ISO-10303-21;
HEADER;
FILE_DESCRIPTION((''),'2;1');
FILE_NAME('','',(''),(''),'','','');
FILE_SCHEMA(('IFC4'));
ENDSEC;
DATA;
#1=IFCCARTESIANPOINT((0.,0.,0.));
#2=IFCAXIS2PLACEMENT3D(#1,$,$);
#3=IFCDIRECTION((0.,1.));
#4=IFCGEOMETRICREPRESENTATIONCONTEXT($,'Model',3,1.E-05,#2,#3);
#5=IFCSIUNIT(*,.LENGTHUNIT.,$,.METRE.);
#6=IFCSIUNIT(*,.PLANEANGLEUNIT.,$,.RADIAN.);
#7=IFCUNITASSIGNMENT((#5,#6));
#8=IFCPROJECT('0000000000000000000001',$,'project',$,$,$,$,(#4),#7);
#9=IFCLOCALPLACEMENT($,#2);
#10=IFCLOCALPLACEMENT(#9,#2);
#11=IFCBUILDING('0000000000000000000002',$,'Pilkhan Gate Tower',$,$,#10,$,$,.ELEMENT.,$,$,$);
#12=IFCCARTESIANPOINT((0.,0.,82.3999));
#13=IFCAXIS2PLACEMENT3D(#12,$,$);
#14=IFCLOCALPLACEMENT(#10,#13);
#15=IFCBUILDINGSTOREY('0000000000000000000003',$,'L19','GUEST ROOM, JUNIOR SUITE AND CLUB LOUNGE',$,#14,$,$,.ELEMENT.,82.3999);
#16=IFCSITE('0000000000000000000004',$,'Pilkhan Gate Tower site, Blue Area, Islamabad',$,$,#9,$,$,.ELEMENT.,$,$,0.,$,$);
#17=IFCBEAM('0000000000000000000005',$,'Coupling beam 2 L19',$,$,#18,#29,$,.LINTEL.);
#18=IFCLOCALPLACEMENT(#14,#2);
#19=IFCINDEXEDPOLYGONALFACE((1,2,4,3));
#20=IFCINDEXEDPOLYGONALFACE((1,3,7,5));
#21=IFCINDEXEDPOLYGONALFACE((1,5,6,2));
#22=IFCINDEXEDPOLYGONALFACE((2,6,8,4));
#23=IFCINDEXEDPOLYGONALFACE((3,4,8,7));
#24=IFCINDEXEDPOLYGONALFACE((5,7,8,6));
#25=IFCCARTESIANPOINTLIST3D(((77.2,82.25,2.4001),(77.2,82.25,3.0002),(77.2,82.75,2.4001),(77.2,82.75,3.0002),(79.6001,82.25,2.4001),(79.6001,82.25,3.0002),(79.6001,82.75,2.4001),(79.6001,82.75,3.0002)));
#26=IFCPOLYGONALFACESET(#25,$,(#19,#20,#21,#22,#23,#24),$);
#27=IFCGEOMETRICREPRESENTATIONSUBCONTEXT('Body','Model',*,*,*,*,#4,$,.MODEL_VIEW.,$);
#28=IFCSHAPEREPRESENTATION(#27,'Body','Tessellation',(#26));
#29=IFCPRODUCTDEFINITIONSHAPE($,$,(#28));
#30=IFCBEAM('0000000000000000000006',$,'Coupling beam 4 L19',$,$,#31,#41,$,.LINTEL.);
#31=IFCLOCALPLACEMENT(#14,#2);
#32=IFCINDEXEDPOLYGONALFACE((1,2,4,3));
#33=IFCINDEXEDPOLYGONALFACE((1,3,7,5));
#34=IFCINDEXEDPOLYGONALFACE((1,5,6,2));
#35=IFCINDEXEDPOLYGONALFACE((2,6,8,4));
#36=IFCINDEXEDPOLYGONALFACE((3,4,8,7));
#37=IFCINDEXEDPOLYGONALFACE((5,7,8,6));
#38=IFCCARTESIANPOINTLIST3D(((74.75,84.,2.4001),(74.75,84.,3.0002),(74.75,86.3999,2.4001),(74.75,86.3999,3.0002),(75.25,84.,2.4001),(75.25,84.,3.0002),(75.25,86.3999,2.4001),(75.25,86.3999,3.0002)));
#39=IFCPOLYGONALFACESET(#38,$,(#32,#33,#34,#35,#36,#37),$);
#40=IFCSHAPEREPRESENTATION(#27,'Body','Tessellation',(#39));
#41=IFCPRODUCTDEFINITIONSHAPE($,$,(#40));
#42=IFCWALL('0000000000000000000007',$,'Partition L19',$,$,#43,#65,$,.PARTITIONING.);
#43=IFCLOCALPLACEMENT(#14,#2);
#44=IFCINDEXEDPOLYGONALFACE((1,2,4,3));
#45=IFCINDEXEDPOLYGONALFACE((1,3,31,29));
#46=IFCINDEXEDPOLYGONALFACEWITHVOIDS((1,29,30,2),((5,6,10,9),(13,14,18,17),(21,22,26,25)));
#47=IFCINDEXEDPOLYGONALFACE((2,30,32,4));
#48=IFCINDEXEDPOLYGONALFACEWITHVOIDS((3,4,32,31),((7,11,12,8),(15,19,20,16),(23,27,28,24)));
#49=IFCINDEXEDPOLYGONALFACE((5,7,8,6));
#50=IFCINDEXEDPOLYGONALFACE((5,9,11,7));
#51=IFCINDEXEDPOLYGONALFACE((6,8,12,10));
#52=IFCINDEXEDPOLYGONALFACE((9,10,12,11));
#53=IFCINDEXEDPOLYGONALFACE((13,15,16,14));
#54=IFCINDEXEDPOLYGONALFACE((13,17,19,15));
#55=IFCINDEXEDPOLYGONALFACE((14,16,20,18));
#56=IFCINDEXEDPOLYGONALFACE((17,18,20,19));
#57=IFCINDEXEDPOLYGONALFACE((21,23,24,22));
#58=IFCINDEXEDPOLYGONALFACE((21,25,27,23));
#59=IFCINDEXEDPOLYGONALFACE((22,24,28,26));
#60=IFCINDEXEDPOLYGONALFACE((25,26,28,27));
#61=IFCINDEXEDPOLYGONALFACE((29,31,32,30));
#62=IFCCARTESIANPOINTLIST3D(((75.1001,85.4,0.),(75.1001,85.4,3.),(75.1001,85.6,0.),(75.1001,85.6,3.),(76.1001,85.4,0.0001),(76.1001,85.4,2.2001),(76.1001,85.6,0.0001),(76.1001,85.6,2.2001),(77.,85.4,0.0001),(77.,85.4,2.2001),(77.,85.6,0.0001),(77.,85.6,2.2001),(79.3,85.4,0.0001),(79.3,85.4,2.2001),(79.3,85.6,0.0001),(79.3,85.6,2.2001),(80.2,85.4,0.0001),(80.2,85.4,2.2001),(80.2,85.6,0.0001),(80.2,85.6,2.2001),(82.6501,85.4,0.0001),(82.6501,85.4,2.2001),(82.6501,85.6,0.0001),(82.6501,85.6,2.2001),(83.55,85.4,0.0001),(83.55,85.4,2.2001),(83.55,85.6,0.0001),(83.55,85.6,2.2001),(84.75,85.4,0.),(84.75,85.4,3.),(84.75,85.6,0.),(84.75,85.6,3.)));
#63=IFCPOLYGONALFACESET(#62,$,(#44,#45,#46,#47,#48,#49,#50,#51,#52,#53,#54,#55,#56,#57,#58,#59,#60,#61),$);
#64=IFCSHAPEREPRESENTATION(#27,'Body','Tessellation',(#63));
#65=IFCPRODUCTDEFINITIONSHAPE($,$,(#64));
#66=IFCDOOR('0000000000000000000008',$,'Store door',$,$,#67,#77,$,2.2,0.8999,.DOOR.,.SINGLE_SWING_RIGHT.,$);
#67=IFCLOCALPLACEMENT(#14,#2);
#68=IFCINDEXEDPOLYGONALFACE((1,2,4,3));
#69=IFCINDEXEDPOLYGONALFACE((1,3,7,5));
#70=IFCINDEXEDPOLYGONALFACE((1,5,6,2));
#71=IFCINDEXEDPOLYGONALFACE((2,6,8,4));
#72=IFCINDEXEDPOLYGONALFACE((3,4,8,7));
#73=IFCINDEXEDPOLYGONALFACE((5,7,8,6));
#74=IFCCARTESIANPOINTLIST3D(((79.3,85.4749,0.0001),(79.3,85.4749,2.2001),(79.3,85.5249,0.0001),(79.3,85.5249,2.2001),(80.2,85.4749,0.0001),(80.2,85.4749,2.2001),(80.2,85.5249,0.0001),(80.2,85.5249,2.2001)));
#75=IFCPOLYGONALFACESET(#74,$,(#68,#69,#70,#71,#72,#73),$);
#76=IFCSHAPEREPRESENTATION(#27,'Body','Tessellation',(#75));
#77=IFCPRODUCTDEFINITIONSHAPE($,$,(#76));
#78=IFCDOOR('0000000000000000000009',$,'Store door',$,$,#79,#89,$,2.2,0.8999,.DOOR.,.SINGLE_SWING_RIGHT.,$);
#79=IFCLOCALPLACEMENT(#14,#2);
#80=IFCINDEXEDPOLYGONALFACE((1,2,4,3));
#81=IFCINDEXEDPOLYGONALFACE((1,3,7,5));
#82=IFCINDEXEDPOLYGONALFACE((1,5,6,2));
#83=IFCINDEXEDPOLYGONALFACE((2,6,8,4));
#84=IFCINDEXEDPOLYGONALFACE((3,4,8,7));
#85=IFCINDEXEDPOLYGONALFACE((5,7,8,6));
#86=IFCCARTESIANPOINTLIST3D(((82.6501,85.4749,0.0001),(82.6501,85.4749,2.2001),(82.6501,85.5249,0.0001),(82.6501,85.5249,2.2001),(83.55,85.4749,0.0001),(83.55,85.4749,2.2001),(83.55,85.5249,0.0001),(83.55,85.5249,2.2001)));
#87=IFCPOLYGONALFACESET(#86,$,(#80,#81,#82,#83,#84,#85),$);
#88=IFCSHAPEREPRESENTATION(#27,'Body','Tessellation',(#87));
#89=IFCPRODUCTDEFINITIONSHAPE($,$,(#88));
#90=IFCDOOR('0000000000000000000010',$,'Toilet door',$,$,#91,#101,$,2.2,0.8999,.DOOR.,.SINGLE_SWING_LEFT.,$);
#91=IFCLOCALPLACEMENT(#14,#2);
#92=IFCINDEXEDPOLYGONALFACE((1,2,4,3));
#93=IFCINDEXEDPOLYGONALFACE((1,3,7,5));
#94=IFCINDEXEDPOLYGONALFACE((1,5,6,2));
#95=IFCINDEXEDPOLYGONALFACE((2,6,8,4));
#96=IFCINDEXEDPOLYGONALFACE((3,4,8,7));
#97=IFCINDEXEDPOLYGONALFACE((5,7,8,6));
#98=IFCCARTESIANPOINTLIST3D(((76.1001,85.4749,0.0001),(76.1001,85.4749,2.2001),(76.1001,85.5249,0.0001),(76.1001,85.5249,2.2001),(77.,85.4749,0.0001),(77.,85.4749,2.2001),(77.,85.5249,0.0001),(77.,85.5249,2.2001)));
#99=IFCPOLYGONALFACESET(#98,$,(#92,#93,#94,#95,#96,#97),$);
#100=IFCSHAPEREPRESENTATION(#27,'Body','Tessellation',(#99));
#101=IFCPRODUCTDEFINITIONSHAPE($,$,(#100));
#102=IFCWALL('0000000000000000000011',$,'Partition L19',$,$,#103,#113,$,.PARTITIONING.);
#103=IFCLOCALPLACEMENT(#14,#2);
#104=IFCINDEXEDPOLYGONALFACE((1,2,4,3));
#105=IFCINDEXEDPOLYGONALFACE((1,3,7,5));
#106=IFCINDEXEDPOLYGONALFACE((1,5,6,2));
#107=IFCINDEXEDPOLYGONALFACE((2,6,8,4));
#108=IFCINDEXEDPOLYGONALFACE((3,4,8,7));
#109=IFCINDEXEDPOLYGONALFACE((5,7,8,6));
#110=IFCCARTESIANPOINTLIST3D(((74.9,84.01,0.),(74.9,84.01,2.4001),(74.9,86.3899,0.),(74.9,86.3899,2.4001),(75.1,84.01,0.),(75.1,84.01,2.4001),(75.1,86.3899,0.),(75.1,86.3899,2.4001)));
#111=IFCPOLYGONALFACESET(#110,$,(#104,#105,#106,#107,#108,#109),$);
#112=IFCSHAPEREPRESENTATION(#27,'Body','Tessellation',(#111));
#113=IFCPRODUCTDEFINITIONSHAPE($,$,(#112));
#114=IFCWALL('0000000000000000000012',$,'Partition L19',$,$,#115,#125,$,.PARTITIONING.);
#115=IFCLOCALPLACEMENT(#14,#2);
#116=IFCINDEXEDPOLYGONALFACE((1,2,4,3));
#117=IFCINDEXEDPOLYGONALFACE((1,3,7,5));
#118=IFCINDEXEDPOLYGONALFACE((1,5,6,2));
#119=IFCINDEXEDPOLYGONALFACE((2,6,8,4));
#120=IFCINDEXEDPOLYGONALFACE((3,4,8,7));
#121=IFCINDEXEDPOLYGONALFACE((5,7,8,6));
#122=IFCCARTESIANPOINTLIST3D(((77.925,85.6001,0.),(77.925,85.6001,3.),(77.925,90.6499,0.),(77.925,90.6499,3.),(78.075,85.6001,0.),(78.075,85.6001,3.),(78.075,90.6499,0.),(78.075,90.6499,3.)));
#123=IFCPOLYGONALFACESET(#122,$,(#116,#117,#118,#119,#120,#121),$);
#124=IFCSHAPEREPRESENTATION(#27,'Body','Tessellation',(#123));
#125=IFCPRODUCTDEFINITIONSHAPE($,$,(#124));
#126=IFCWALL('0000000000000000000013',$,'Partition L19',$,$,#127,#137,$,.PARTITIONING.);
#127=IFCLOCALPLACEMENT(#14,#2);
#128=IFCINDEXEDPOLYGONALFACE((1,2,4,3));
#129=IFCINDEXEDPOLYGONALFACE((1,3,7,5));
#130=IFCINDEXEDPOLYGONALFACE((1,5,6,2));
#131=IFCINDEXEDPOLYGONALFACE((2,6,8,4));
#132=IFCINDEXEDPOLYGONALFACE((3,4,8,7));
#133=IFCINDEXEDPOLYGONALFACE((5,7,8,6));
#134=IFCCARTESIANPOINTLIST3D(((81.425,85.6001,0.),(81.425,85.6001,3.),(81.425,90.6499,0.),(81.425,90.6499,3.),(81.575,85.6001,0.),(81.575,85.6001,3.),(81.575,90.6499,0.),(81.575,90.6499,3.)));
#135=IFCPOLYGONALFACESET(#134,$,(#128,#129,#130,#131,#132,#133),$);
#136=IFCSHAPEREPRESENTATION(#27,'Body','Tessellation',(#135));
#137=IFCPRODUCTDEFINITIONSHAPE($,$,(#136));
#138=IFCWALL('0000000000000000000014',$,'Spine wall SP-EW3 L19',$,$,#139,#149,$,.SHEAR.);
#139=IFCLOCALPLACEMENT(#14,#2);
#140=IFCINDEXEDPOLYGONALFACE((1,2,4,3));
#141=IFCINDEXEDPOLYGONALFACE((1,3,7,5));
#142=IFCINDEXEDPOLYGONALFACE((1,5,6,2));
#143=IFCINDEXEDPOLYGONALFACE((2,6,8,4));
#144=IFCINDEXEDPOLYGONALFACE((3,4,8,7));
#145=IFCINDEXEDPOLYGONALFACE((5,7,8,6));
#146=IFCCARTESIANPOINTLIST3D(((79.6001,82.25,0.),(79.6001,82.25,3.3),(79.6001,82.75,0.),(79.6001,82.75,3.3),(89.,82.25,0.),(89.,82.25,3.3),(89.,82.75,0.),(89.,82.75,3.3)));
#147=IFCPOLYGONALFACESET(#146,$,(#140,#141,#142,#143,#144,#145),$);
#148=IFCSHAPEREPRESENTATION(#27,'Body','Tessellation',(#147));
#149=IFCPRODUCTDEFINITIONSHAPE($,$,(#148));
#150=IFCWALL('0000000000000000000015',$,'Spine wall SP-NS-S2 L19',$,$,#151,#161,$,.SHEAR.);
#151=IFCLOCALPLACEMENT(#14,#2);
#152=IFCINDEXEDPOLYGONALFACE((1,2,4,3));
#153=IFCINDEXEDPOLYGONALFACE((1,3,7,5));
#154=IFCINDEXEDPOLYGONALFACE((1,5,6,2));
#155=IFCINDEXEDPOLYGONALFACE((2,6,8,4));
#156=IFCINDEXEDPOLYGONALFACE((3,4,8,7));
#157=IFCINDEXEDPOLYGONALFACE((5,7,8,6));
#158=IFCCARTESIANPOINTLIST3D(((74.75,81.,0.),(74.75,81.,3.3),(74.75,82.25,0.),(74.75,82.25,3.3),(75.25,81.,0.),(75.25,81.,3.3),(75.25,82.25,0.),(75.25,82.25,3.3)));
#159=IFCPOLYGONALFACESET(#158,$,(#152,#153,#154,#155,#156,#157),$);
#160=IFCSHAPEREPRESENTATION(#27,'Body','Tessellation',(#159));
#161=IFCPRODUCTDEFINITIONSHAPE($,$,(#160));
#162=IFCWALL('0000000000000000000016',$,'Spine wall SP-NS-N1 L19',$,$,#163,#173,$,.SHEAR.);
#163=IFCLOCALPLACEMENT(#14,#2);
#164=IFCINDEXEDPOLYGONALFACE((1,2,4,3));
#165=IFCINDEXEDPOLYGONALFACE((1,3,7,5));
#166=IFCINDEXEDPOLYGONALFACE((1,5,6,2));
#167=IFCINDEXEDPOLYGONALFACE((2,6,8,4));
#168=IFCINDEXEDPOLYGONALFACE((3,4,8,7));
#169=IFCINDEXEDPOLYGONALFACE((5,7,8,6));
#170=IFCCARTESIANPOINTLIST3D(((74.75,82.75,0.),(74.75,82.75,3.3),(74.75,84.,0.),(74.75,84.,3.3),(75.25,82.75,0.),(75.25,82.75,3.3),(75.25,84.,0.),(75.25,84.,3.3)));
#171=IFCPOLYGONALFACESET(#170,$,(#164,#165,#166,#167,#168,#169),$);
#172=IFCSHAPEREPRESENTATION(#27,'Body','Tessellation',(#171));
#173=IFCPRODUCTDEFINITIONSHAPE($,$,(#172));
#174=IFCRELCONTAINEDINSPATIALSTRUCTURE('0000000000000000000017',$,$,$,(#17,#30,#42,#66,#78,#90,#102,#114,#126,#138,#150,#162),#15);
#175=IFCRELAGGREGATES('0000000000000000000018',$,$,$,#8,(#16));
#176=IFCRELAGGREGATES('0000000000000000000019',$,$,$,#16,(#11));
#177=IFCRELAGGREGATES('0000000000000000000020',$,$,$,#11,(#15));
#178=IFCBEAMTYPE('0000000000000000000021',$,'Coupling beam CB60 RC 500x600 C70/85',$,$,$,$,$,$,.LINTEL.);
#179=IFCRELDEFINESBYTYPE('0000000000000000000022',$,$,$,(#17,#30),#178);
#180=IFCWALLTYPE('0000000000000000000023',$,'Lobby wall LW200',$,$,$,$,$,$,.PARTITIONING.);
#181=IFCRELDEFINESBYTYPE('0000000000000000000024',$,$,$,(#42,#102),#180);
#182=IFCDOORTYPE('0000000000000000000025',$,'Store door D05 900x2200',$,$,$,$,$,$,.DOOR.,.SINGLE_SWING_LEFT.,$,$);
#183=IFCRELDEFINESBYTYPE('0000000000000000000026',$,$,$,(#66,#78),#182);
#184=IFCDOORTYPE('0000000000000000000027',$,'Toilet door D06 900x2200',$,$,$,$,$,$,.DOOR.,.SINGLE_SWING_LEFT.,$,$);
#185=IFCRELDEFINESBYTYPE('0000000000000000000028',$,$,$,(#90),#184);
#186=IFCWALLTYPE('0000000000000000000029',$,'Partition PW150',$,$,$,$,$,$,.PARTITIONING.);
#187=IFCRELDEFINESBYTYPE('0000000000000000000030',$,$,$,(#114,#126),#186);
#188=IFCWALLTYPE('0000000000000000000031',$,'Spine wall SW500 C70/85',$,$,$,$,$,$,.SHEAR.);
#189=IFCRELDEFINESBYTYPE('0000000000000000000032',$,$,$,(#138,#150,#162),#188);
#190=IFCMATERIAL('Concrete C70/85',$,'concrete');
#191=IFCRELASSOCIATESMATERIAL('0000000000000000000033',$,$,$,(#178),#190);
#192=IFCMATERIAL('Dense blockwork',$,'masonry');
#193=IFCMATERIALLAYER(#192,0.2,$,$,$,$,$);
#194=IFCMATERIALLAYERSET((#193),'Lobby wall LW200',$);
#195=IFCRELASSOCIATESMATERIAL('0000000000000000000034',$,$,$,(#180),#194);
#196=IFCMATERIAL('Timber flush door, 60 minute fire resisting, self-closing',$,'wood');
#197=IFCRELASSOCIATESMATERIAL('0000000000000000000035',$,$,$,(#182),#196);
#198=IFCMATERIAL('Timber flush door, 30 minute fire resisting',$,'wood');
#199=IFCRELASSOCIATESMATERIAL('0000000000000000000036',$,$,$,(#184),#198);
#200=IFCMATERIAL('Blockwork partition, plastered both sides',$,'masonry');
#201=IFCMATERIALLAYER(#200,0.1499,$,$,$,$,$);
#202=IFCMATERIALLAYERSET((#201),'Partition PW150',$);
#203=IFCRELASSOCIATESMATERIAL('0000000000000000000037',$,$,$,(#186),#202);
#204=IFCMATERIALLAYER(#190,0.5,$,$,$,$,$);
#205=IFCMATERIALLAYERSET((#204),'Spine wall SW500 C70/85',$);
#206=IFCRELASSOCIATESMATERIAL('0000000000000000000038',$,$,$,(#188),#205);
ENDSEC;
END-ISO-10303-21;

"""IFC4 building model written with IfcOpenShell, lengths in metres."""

from ifc_helpers import new_model, si_unit, direction, frame, frame_2d, origin, origin_2d, place, context, subcontext, project, spatial, rectangle, extrude, material, layer, layer_set, material_profile, profile_set, type_object, element, fill, save


model = new_model("IFC4")

# Units and contexts
model_context = context("Model", 3, precision=1e-05, world=origin(), true_north=direction((0.0, 1.0)))
body_context = subcontext(model_context, "Body", "Model", "MODEL_VIEW")
ifc_project = project(units=[si_unit("LENGTHUNIT", "METRE"), si_unit("PLANEANGLEUNIT", "RADIAN")], contexts=[model_context])

# Site, building, storey
site_placement = place(None, origin())
site = spatial("IfcSite", under=ifc_project, at=site_placement, Name="Pilkhan Gate Tower site, Blue Area, Islamabad", CompositionType="ELEMENT", RefElevation=0.0)
building_placement = place(site_placement, origin())
building = spatial("IfcBuilding", under=site, at=building_placement, Name="Pilkhan Gate Tower", CompositionType="ELEMENT")
storey_placement = place(building_placement, frame((0.0, 0.0, 82.3999)))
storey = spatial("IfcBuildingStorey", under=building, at=storey_placement, Name="L19", Description="GUEST ROOM, JUNIOR SUITE AND CLUB LOUNGE", CompositionType="ELEMENT", Elevation=82.3999)

# Beams
ifc_material_1 = material(Name="Concrete C70/85", Category="concrete")
ifc_material_profile = material_profile(ifc_material_1, rectangle(XDim=0.5, YDim=0.6001, at=origin_2d()), Name="RC 500x600")
ifc_profile_set = profile_set([ifc_material_profile], Name="Concrete C70/85")
beam_type = type_object("IfcBeamType", Name="Coupling beam CB60 RC 500x600 C70/85", PredefinedType="LINTEL", material=ifc_profile_set)
beam_1_placement = place(storey_placement, frame((77.2, 82.5, 2.7002), z_axis=(1.0, 0.0, 0.0), x_axis=(0.0, 1.0, 0.0)))
element("IfcBeam", 1, at=beam_1_placement, inside=storey, type_object=beam_type, Name="Coupling beam 2 L19", PredefinedType="LINTEL", context=body_context, shape_type="SweptSolid", body=[
    extrude(rectangle(XDim=0.5, YDim=0.6001, at=origin_2d()), origin(), (0.0, 0.0, 1.0), 2.4001),
])
beam_2_placement = place(storey_placement, frame((75.0, 84.0, 2.7002), z_axis=(0.0, 1.0, 0.0), x_axis=(-1.0, 0.0, 0.0)))
element("IfcBeam", 2, at=beam_2_placement, inside=storey, type_object=beam_type, Name="Coupling beam 4 L19", PredefinedType="LINTEL", context=body_context, shape_type="SweptSolid", body=[
    extrude(rectangle(XDim=0.5, YDim=0.6001, at=origin_2d()), origin(), (0.0, 0.0, 1.0), 2.3999),
])

# Wall, openings, doors
ifc_material_2 = material(Name="Dense blockwork", Category="masonry")
ifc_layer_1 = layer(ifc_material_2, 0.2)
ifc_layer_set_1 = layer_set([ifc_layer_1], Name="Lobby wall LW200")
wall_type_1 = type_object("IfcWallType", Name="Lobby wall LW200", PredefinedType="PARTITIONING", material=ifc_layer_set_1)
wall_1_placement = place(storey_placement, frame((75.1001, 85.5, 0.0), z_axis=(0.0, 0.0, 1.0), x_axis=(1.0, 0.0, 0.0)))
wall_1 = element("IfcWall", 3, at=wall_1_placement, inside=storey, type_object=wall_type_1, Name="Partition L19", PredefinedType="PARTITIONING", context=body_context, shape_type="SweptSolid", body=[
    extrude(rectangle(XDim=9.6499, YDim=0.2, at=frame_2d((4.825, 0.0))), origin(), (0.0, 0.0, 1.0), 3.0),
])
opening_1_placement = place(wall_1_placement, frame((1.0, 0.0, 0.0)))
opening_1 = element("IfcOpeningElement", 4, at=opening_1_placement, cuts=wall_1, PredefinedType="OPENING", context=body_context, shape_type="SweptSolid", body=[
    extrude(rectangle(XDim=0.8999, YDim=2.2, at=frame_2d((0.45, 1.1001))), frame((0.0, 0.1099, 0.0), z_axis=(0.0, -1.0, 0.0), x_axis=(1.0, 0.0, 0.0)), (0.0, 0.0, 1.0), 0.22),
])
opening_2_placement = place(wall_1_placement, frame((4.2, 0.0, 0.0)))
opening_2 = element("IfcOpeningElement", 5, at=opening_2_placement, cuts=wall_1, PredefinedType="OPENING", context=body_context, shape_type="SweptSolid", body=[
    extrude(rectangle(XDim=0.8999, YDim=2.2, at=frame_2d((0.45, 1.1001))), frame((0.0, 0.1099, 0.0), z_axis=(0.0, -1.0, 0.0), x_axis=(1.0, 0.0, 0.0)), (0.0, 0.0, 1.0), 0.22),
])
opening_3_placement = place(wall_1_placement, frame((7.55, 0.0, 0.0)))
opening_3 = element("IfcOpeningElement", 6, at=opening_3_placement, cuts=wall_1, PredefinedType="OPENING", context=body_context, shape_type="SweptSolid", body=[
    extrude(rectangle(XDim=0.8999, YDim=2.2, at=frame_2d((0.45, 1.1001))), frame((0.0, 0.1099, 0.0), z_axis=(0.0, -1.0, 0.0), x_axis=(1.0, 0.0, 0.0)), (0.0, 0.0, 1.0), 0.22),
])
ifc_material_3 = material(Name="Timber flush door, 60 minute fire resisting, self-closing", Category="wood")
door_type_1 = type_object("IfcDoorType", Name="Store door D05 900x2200", OperationType="SINGLE_SWING_LEFT", PredefinedType="DOOR", material=ifc_material_3)
door_1_placement = place(opening_2_placement, origin())
door_1 = element("IfcDoor", 7, at=door_1_placement, inside=storey, type_object=door_type_1, Name="Store door", OperationType="SINGLE_SWING_RIGHT", OverallHeight=2.2, OverallWidth=0.8999, PredefinedType="DOOR", context=body_context, shape_type="SweptSolid", body=[
    extrude(rectangle(XDim=0.8999, YDim=2.2, at=frame_2d((0.45, 1.1001))), frame((0.0, 0.0249, 0.0), z_axis=(0.0, -1.0, 0.0), x_axis=(1.0, 0.0, 0.0)), (0.0, 0.0, 1.0), 0.05),
])
fill(opening_2, door_1)
door_2_placement = place(opening_3_placement, origin())
door_2 = element("IfcDoor", 8, at=door_2_placement, inside=storey, type_object=door_type_1, Name="Store door", OperationType="SINGLE_SWING_RIGHT", OverallHeight=2.2, OverallWidth=0.8999, PredefinedType="DOOR", context=body_context, shape_type="SweptSolid", body=[
    extrude(rectangle(XDim=0.8999, YDim=2.2, at=frame_2d((0.45, 1.1001))), frame((0.0, 0.0249, 0.0), z_axis=(0.0, -1.0, 0.0), x_axis=(1.0, 0.0, 0.0)), (0.0, 0.0, 1.0), 0.05),
])
fill(opening_3, door_2)
ifc_material_4 = material(Name="Timber flush door, 30 minute fire resisting", Category="wood")
door_type_2 = type_object("IfcDoorType", Name="Toilet door D06 900x2200", OperationType="SINGLE_SWING_LEFT", PredefinedType="DOOR", material=ifc_material_4)
door_3_placement = place(opening_1_placement, origin())
door_3 = element("IfcDoor", 9, at=door_3_placement, inside=storey, type_object=door_type_2, Name="Toilet door", OperationType="SINGLE_SWING_LEFT", OverallHeight=2.2, OverallWidth=0.8999, PredefinedType="DOOR", context=body_context, shape_type="SweptSolid", body=[
    extrude(rectangle(XDim=0.8999, YDim=2.2, at=frame_2d((0.45, 1.1001))), frame((0.0, 0.0249, 0.0), z_axis=(0.0, -1.0, 0.0), x_axis=(1.0, 0.0, 0.0)), (0.0, 0.0, 1.0), 0.05),
])
fill(opening_1, door_3)

# Walls
wall_2_placement = place(storey_placement, frame((75.0, 84.01, 0.0), z_axis=(0.0, 0.0, 1.0), x_axis=(0.0, 1.0, 0.0)))
element("IfcWall", 10, at=wall_2_placement, inside=storey, type_object=wall_type_1, Name="Partition L19", PredefinedType="PARTITIONING", context=body_context, shape_type="SweptSolid", body=[
    extrude(rectangle(XDim=2.3799, YDim=0.2, at=frame_2d((1.1899, 0.0))), origin(), (0.0, 0.0, 1.0), 2.4001),
])
ifc_material_5 = material(Name="Blockwork partition, plastered both sides", Category="masonry")
ifc_layer_2 = layer(ifc_material_5, 0.1499)
ifc_layer_set_2 = layer_set([ifc_layer_2], Name="Partition PW150")
wall_type_2 = type_object("IfcWallType", Name="Partition PW150", PredefinedType="PARTITIONING", material=ifc_layer_set_2)
for number, where, z_axis, x_axis, name in (
    (11, (78.0, 85.6001, 0.0), (0.0, 0.0, 1.0), (0.0, 1.0, 0.0), "Partition L19"),
    (12, (81.5, 85.6001, 0.0), (0.0, 0.0, 1.0), (0.0, 1.0, 0.0), "Partition L19"),
):
    element("IfcWall", number, at=place(storey_placement, frame(where, z_axis=z_axis, x_axis=x_axis)), inside=storey, type_object=wall_type_2, Name=name, PredefinedType="PARTITIONING", context=body_context, shape_type="SweptSolid", body=[
        extrude(rectangle(XDim=5.0498, YDim=0.1499, at=frame_2d((2.5249, 0.0))), origin(), (0.0, 0.0, 1.0), 3.0),
    ])
ifc_layer_3 = layer(ifc_material_1, 0.5)
ifc_layer_set_3 = layer_set([ifc_layer_3], Name="Spine wall SW500 C70/85")
wall_type_3 = type_object("IfcWallType", Name="Spine wall SW500 C70/85", PredefinedType="SHEAR", material=ifc_layer_set_3)
wall_3_placement = place(storey_placement, frame((79.6001, 82.5, 0.0), z_axis=(0.0, 0.0, 1.0), x_axis=(1.0, 0.0, 0.0)))
element("IfcWall", 13, at=wall_3_placement, inside=storey, type_object=wall_type_3, Name="Spine wall SP-EW3 L19", PredefinedType="SHEAR", context=body_context, shape_type="SweptSolid", body=[
    extrude(rectangle(XDim=9.3999, YDim=0.5, at=frame_2d((4.7, 0.0))), origin(), (0.0, 0.0, 1.0), 3.3),
])
for number, where, z_axis, x_axis, name in (
    (14, (75.0, 81.0, 0.0), (0.0, 0.0, 1.0), (0.0, 1.0, 0.0), "Spine wall SP-NS-S2 L19"),
    (15, (75.0, 82.75, 0.0), (0.0, 0.0, 1.0), (0.0, 1.0, 0.0), "Spine wall SP-NS-N1 L19"),
):
    element("IfcWall", number, at=place(storey_placement, frame(where, z_axis=z_axis, x_axis=x_axis)), inside=storey, type_object=wall_type_3, Name=name, PredefinedType="SHEAR", context=body_context, shape_type="SweptSolid", body=[
        extrude(rectangle(XDim=1.25, YDim=0.5, at=frame_2d((0.625, 0.0))), origin(), (0.0, 0.0, 1.0), 3.3),
    ])

save(model, "model.ifc")
